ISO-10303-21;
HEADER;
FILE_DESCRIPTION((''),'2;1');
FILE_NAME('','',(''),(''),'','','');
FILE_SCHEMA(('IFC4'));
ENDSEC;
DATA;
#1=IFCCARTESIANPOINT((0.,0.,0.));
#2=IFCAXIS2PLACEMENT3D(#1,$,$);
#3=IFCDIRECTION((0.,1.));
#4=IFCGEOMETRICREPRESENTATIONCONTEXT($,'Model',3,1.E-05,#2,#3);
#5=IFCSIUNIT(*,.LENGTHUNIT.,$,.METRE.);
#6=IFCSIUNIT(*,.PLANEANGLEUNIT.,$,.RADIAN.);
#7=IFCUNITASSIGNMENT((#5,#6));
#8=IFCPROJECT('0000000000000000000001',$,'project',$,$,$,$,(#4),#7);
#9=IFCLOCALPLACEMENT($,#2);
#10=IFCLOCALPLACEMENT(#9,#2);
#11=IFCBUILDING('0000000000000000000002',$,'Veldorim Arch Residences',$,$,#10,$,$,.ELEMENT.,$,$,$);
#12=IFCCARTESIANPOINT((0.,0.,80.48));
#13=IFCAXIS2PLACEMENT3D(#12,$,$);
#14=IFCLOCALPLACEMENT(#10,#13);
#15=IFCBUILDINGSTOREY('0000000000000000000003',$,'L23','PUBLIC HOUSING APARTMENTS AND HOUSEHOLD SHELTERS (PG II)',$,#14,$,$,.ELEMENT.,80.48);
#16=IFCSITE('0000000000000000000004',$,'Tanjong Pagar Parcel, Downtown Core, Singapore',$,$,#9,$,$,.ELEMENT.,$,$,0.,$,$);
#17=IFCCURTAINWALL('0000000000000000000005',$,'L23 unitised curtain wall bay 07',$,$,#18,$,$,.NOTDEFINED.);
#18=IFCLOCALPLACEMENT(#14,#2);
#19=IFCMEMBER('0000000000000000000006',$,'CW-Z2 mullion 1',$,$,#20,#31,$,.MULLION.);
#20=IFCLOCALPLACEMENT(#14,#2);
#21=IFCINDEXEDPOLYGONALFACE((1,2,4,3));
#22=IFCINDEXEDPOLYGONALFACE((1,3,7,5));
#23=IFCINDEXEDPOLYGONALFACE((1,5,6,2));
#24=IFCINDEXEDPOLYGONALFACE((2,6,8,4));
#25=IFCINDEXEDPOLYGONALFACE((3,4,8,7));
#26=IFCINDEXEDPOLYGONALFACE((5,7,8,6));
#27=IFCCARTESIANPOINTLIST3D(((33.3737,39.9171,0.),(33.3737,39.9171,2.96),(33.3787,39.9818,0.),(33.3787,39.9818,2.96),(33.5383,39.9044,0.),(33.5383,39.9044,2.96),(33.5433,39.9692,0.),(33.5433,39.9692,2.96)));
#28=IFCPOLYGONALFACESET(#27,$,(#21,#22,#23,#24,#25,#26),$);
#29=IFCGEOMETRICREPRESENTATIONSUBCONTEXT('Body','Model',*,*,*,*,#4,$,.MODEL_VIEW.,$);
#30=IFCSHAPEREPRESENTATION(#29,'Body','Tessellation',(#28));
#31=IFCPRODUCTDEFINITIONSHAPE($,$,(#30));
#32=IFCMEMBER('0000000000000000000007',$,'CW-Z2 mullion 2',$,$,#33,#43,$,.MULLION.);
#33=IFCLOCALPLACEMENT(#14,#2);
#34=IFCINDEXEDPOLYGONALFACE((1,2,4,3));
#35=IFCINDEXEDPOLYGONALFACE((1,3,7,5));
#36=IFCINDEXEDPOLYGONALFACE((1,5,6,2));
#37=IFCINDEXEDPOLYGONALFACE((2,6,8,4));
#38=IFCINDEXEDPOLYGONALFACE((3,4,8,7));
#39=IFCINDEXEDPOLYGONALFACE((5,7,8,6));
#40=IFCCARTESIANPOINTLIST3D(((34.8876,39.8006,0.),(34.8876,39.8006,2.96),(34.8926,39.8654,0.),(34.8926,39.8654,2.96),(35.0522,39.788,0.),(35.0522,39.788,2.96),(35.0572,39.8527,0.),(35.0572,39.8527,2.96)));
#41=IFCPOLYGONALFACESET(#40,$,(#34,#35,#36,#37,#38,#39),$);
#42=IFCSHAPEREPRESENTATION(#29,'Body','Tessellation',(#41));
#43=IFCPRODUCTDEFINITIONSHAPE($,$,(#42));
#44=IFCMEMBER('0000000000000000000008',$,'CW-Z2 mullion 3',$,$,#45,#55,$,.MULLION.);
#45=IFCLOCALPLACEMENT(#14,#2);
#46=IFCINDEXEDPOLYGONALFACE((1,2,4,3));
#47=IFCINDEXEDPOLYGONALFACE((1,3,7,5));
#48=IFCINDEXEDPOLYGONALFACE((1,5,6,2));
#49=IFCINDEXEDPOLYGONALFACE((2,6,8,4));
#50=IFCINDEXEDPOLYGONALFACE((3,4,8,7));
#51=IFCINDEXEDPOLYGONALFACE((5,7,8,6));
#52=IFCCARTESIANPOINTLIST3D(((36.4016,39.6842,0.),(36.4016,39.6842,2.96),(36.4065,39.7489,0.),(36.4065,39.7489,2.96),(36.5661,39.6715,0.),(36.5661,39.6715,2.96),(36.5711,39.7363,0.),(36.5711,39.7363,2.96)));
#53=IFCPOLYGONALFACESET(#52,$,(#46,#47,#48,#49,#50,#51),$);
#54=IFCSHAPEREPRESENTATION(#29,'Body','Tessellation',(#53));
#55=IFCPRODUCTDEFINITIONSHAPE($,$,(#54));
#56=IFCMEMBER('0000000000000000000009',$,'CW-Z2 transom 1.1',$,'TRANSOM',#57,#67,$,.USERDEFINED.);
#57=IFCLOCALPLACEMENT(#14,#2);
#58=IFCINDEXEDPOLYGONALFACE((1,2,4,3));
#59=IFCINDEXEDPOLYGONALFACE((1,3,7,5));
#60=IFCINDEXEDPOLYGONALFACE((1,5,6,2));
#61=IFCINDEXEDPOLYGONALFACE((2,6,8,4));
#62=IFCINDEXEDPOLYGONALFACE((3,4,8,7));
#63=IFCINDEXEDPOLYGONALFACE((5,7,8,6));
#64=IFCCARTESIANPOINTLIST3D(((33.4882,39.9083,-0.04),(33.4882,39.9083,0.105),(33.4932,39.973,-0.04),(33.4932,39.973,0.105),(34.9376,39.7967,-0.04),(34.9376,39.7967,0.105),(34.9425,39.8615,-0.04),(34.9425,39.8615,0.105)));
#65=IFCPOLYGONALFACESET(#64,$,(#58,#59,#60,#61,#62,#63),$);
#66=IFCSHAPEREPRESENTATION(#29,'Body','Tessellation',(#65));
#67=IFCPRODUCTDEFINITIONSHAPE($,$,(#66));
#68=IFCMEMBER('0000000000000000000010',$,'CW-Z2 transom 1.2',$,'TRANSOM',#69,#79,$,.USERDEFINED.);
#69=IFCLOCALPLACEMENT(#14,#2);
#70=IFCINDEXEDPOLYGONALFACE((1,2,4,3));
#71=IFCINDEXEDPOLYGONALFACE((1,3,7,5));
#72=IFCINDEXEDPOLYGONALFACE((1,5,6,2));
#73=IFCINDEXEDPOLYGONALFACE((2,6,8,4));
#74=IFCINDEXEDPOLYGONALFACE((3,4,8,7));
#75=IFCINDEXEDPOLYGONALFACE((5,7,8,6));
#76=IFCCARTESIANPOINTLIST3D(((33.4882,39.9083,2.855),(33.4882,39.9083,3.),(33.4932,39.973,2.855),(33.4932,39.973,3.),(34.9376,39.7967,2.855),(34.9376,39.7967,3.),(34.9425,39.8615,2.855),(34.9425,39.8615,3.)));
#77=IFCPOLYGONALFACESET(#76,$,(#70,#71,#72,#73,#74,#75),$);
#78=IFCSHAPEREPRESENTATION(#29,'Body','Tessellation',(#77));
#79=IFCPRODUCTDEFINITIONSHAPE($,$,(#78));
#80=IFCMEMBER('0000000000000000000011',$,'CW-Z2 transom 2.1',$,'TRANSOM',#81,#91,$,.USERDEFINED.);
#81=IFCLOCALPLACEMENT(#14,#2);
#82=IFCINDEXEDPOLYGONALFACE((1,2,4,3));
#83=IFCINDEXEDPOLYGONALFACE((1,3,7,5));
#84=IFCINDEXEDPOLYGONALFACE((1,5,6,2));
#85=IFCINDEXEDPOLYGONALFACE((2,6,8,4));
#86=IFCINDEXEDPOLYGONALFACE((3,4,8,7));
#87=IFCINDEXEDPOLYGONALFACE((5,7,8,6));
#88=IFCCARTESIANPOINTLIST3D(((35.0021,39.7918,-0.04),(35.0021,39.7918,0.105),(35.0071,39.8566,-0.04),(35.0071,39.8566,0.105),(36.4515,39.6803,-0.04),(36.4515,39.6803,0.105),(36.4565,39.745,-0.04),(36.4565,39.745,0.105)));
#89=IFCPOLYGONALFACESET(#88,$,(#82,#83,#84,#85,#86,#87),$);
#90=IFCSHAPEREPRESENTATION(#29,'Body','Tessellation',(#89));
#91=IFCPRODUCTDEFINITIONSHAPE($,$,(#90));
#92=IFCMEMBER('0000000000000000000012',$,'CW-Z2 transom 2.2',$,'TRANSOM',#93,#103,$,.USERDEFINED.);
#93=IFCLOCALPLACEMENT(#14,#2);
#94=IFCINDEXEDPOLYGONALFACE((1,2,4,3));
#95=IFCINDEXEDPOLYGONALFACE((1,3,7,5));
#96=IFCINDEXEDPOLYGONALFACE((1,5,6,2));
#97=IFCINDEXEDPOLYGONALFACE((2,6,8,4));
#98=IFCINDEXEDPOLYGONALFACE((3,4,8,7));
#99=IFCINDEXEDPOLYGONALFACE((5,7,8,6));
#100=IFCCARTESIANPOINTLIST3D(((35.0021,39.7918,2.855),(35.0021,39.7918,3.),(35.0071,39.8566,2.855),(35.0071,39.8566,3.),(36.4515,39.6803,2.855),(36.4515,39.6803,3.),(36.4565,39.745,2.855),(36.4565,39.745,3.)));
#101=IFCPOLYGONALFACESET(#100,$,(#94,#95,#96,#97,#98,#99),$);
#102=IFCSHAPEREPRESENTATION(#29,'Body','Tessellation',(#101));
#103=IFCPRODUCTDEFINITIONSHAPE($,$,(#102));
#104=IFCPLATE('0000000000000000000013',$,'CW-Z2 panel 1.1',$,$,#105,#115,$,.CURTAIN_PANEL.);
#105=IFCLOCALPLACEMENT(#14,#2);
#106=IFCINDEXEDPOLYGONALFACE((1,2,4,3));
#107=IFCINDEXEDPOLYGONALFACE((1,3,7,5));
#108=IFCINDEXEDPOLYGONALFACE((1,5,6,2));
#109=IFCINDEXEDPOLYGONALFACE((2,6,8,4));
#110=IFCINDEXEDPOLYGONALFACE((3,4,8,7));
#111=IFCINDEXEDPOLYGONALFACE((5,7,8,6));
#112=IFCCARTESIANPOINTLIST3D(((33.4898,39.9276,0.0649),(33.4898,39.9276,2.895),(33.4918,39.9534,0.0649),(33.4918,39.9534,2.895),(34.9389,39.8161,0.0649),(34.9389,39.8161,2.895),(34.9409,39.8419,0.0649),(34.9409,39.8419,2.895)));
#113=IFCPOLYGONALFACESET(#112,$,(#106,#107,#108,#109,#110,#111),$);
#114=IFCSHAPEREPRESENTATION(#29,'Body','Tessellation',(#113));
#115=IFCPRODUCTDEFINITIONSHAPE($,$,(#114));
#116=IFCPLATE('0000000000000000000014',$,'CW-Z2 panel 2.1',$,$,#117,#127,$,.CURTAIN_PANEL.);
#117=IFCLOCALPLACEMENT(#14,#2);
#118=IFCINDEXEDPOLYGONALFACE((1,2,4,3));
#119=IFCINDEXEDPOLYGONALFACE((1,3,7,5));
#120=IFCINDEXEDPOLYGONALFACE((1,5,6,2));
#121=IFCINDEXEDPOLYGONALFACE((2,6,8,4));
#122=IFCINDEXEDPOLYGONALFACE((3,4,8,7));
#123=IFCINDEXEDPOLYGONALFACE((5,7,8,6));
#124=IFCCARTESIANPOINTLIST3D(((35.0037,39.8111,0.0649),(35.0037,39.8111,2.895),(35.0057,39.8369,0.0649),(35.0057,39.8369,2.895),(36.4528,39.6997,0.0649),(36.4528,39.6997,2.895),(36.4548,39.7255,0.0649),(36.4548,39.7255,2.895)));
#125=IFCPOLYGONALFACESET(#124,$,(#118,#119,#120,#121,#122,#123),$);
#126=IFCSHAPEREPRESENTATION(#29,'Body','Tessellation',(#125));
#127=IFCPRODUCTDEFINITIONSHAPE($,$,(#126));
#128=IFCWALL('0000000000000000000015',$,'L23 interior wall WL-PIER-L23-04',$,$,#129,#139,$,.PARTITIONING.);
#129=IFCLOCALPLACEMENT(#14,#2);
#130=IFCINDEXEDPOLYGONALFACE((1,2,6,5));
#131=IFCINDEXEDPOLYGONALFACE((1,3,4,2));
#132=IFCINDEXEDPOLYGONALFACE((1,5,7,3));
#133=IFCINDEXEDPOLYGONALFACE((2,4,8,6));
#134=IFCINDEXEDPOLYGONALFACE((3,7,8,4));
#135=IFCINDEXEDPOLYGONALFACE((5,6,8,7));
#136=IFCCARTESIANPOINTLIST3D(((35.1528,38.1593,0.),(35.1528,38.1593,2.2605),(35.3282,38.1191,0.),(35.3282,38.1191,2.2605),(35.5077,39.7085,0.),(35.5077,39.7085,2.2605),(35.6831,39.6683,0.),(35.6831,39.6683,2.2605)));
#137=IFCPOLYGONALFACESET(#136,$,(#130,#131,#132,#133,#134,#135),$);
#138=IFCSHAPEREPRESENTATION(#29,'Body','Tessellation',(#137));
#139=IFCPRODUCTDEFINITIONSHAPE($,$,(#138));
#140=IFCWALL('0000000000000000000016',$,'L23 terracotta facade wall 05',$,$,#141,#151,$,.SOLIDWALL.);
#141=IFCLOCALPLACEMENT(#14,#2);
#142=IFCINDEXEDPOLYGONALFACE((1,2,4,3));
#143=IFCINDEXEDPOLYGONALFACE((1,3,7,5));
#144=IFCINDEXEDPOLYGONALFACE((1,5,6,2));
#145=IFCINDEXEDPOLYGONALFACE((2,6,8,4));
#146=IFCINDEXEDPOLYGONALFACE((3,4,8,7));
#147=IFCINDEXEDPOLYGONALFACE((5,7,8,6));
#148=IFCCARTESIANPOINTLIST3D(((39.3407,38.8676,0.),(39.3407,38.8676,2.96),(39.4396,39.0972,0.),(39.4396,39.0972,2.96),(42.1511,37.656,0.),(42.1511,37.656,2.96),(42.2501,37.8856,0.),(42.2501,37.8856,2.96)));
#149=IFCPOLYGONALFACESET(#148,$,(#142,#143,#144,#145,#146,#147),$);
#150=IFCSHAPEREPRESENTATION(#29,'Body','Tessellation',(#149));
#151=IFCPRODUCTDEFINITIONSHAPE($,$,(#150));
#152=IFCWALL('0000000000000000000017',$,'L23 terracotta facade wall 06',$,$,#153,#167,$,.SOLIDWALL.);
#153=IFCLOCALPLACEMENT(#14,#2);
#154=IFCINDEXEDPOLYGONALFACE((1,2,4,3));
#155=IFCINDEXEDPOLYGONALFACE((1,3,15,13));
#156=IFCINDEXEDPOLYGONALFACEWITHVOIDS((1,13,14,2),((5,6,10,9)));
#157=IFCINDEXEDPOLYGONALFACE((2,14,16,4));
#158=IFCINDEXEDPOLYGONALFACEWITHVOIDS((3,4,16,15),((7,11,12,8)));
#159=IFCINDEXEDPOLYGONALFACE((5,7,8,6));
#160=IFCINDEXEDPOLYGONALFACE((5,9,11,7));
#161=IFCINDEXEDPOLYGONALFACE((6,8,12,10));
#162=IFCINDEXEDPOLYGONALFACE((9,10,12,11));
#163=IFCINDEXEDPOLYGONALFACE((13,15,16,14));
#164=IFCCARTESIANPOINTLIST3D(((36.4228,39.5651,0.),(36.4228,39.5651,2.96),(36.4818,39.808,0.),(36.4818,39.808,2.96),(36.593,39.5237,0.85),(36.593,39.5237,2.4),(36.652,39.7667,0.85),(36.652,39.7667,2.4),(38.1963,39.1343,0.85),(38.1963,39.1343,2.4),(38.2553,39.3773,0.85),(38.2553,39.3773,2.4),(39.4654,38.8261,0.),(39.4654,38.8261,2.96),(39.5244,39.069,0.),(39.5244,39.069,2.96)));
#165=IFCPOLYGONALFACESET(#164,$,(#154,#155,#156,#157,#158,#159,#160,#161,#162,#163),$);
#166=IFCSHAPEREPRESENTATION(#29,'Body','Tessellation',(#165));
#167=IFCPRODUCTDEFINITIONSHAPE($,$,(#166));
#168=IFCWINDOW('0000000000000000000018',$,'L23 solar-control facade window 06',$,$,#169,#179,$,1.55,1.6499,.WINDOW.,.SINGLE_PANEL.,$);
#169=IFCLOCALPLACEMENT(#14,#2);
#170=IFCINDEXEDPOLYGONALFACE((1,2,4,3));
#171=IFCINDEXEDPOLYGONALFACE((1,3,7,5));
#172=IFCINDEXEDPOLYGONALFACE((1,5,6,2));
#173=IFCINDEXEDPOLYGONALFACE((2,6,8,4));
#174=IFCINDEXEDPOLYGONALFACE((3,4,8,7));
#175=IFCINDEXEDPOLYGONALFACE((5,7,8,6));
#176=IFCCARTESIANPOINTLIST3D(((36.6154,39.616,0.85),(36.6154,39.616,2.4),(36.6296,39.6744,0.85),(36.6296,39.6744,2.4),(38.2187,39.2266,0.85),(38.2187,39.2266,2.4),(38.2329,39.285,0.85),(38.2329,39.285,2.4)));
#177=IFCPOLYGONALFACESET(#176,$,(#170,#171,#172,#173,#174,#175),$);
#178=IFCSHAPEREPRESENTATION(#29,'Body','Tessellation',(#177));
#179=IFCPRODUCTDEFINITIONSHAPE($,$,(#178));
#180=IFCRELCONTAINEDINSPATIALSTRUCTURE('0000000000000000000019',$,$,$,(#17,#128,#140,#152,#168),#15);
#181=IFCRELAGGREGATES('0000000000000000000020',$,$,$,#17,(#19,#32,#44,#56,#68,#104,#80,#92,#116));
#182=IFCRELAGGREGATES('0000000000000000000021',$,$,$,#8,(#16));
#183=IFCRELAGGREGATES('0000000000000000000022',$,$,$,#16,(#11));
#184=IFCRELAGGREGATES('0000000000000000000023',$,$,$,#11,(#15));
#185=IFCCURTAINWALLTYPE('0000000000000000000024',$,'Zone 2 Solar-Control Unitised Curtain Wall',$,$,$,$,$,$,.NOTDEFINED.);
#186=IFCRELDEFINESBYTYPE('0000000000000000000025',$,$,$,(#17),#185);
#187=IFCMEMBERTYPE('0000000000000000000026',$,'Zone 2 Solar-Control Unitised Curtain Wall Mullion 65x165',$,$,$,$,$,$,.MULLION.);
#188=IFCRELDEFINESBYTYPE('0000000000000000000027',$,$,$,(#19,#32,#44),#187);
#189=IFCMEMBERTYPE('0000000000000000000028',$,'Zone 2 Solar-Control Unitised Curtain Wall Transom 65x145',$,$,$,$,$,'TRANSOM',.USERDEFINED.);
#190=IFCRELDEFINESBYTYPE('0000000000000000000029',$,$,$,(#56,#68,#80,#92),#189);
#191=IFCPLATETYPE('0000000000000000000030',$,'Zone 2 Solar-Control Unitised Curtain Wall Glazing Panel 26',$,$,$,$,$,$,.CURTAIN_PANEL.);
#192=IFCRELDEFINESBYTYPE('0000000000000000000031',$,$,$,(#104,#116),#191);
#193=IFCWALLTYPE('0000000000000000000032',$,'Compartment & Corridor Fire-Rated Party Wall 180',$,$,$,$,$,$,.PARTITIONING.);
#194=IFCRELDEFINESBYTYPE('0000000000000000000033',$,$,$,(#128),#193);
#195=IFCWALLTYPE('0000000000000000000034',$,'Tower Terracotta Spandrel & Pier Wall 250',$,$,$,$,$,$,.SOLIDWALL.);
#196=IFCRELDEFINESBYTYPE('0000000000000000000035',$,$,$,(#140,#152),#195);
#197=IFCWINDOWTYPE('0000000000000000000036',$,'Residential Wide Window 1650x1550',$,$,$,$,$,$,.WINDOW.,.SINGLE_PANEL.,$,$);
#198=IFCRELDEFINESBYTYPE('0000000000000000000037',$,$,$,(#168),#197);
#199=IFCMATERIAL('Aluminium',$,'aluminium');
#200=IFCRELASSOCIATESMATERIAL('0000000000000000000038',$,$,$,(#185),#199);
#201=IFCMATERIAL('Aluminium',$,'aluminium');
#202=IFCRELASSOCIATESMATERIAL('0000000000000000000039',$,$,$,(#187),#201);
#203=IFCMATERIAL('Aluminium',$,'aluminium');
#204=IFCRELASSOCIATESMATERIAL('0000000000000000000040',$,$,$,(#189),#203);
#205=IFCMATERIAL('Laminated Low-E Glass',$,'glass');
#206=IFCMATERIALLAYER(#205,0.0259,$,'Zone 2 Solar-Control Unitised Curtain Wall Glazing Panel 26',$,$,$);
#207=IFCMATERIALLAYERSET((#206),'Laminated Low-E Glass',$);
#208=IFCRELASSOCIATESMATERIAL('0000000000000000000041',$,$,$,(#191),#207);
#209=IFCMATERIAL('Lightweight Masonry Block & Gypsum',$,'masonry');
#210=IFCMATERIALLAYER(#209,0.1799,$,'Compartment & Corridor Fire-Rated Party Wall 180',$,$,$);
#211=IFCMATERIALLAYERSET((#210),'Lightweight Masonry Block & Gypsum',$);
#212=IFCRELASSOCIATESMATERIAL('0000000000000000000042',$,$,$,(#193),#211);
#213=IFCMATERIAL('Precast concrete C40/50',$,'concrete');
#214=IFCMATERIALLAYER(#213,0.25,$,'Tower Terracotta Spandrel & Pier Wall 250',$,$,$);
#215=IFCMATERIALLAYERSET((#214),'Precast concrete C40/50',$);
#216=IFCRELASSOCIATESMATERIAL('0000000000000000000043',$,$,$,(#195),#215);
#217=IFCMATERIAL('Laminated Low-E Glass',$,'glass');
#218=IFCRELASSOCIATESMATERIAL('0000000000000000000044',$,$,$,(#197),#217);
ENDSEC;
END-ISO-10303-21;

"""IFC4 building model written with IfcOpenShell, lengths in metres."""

from ifc_helpers import new_model, si_unit, direction, frame, frame_2d, origin, origin_2d, place, context, subcontext, project, spatial, rectangle, extrude, material, layer, layer_set, material_profile, profile_set, type_object, element, fill, aggregate, save


model = new_model("IFC4")

# Units and contexts
model_context = context("Model", 3, precision=1e-05, world=origin(), true_north=direction((0.0, 1.0)))
body_context = subcontext(model_context, "Body", "Model", "MODEL_VIEW")
ifc_project = project(units=[si_unit("LENGTHUNIT", "METRE"), si_unit("PLANEANGLEUNIT", "RADIAN")], contexts=[model_context])

# Site, building, storey
site_placement = place(None, origin())
site = spatial("IfcSite", under=ifc_project, at=site_placement, Name="Tanjong Pagar Parcel, Downtown Core, Singapore", CompositionType="ELEMENT", RefElevation=0.0)
building_placement = place(site_placement, origin())
building = spatial("IfcBuilding", under=site, at=building_placement, Name="Veldorim Arch Residences", CompositionType="ELEMENT")
storey_placement = place(building_placement, frame((0.0, 0.0, 80.48)))
storey = spatial("IfcBuildingStorey", under=building, at=storey_placement, Name="L23", Description="PUBLIC HOUSING APARTMENTS AND HOUSEHOLD SHELTERS (PG II)", CompositionType="ELEMENT", Elevation=80.48)

# Curtain wall, members, plates
ifc_material_1 = material(Name="Aluminium", Category="aluminium")
curtain_wall_type = type_object("IfcCurtainWallType", Name="Zone 2 Solar-Control Unitised Curtain Wall", PredefinedType="NOTDEFINED", material=ifc_material_1)
curtain_wall_placement = place(storey_placement, origin())
curtain_wall = element("IfcCurtainWall", 1, at=curtain_wall_placement, inside=storey, type_object=curtain_wall_type, Name="L23 unitised curtain wall bay 07", PredefinedType="NOTDEFINED")
ifc_material_2 = material(Name="Aluminium", Category="aluminium")
ifc_material_profile_1 = material_profile(ifc_material_2, rectangle(XDim=0.0649, YDim=0.165, at=origin_2d()), Name="ALU_MUL_65x165")
ifc_profile_set_1 = profile_set([ifc_material_profile_1], Name="Aluminium")
member_type_1 = type_object("IfcMemberType", Name="Zone 2 Solar-Control Unitised Curtain Wall Mullion 65x165", PredefinedType="MULLION", material=ifc_profile_set_1)
member_1_placement = place(storey_placement, frame((33.4585, 39.9431, 0.0), z_axis=(0.0, 0.0, 1.0), x_axis=(0.076696, 0.997054, 0.0)))
member_1 = element("IfcMember", 2, at=member_1_placement, type_object=member_type_1, Name="CW-Z2 mullion 1", PredefinedType="MULLION", context=body_context, shape_type="SweptSolid", body=[
    extrude(rectangle(XDim=0.0649, YDim=0.165, at=origin_2d()), origin(), (0.0, 0.0, 1.0), 2.96),
])
member_2_placement = place(storey_placement, frame((34.9724, 39.8267, 0.0), z_axis=(0.0, 0.0, 1.0), x_axis=(0.076696, 0.997054, 0.0)))
member_2 = element("IfcMember", 3, at=member_2_placement, type_object=member_type_1, Name="CW-Z2 mullion 2", PredefinedType="MULLION", context=body_context, shape_type="SweptSolid", body=[
    extrude(rectangle(XDim=0.0649, YDim=0.165, at=origin_2d()), origin(), (0.0, 0.0, 1.0), 2.96),
])
member_3_placement = place(storey_placement, frame((36.4863, 39.7102, 0.0), z_axis=(0.0, 0.0, 1.0), x_axis=(0.076696, 0.997054, 0.0)))
member_3 = element("IfcMember", 4, at=member_3_placement, type_object=member_type_1, Name="CW-Z2 mullion 3", PredefinedType="MULLION", context=body_context, shape_type="SweptSolid", body=[
    extrude(rectangle(XDim=0.0649, YDim=0.165, at=origin_2d()), origin(), (0.0, 0.0, 1.0), 2.96),
])
ifc_material_3 = material(Name="Aluminium", Category="aluminium")
ifc_material_profile_2 = material_profile(ifc_material_3, rectangle(XDim=0.0649, YDim=0.145, at=origin_2d()), Name="ALU_TRN_65x145")
ifc_profile_set_2 = profile_set([ifc_material_profile_2], Name="Aluminium")
member_type_2 = type_object("IfcMemberType", Name="Zone 2 Solar-Control Unitised Curtain Wall Transom 65x145", ElementType="TRANSOM", PredefinedType="USERDEFINED", material=ifc_profile_set_2)
member_4_placement = place(storey_placement, frame((33.4907, 39.9407, 0.0325), z_axis=(0.99705, -0.076761, 0.0), x_axis=(0.076761, 0.99705, 0.0)))
member_4 = element("IfcMember", 5, at=member_4_placement, type_object=member_type_2, Name="CW-Z2 transom 1.1", ObjectType="TRANSOM", PredefinedType="USERDEFINED", context=body_context, shape_type="SweptSolid", body=[
    extrude(rectangle(XDim=0.0649, YDim=0.145, at=origin_2d()), origin(), (0.0, 0.0, 1.0), 1.4536),
])
member_5_placement = place(storey_placement, frame((33.4907, 39.9407, 2.9275), z_axis=(0.99705, -0.076761, 0.0), x_axis=(0.076761, 0.99705, 0.0)))
member_5 = element("IfcMember", 6, at=member_5_placement, type_object=member_type_2, Name="CW-Z2 transom 1.2", ObjectType="TRANSOM", PredefinedType="USERDEFINED", context=body_context, shape_type="SweptSolid", body=[
    extrude(rectangle(XDim=0.0649, YDim=0.145, at=origin_2d()), origin(), (0.0, 0.0, 1.0), 1.4536),
])
member_6_placement = place(storey_placement, frame((35.0046, 39.8242, 0.0325), z_axis=(0.99705, -0.076761, 0.0), x_axis=(0.076761, 0.99705, 0.0)))
member_6 = element("IfcMember", 7, at=member_6_placement, type_object=member_type_2, Name="CW-Z2 transom 2.1", ObjectType="TRANSOM", PredefinedType="USERDEFINED", context=body_context, shape_type="SweptSolid", body=[
    extrude(rectangle(XDim=0.0649, YDim=0.145, at=origin_2d()), origin(), (0.0, 0.0, 1.0), 1.4536),
])
member_7_placement = place(storey_placement, frame((35.0046, 39.8242, 2.9275), z_axis=(0.99705, -0.076761, 0.0), x_axis=(0.076761, 0.99705, 0.0)))
member_7 = element("IfcMember", 8, at=member_7_placement, type_object=member_type_2, Name="CW-Z2 transom 2.2", ObjectType="TRANSOM", PredefinedType="USERDEFINED", context=body_context, shape_type="SweptSolid", body=[
    extrude(rectangle(XDim=0.0649, YDim=0.145, at=origin_2d()), origin(), (0.0, 0.0, 1.0), 1.4536),
])
ifc_material_4 = material(Name="Laminated Low-E Glass", Category="glass")
ifc_layer_1 = layer(ifc_material_4, 0.0259, Name="Zone 2 Solar-Control Unitised Curtain Wall Glazing Panel 26")
ifc_layer_set_1 = layer_set([ifc_layer_1], Name="Laminated Low-E Glass")
plate_type = type_object("IfcPlateType", Name="Zone 2 Solar-Control Unitised Curtain Wall Glazing Panel 26", PredefinedType="CURTAIN_PANEL", material=ifc_layer_set_1)
plate_1_placement = place(storey_placement, frame((34.2153, 39.8848, 0.0649), z_axis=(0.0, 0.0, 1.0), x_axis=(0.997054, -0.076696, 0.0)))
plate_1 = element("IfcPlate", 9, at=plate_1_placement, type_object=plate_type, Name="CW-Z2 panel 1.1", PredefinedType="CURTAIN_PANEL", context=body_context, shape_type="SweptSolid", body=[
    extrude(rectangle(XDim=1.4534, YDim=0.0259, at=origin_2d()), origin(), (0.0, 0.0, 1.0), 2.8301),
])
plate_2_placement = place(storey_placement, frame((35.7292, 39.7683, 0.0649), z_axis=(0.0, 0.0, 1.0), x_axis=(0.997054, -0.076696, 0.0)))
plate_2 = element("IfcPlate", 10, at=plate_2_placement, type_object=plate_type, Name="CW-Z2 panel 2.1", PredefinedType="CURTAIN_PANEL", context=body_context, shape_type="SweptSolid", body=[
    extrude(rectangle(XDim=1.4534, YDim=0.0259, at=origin_2d()), origin(), (0.0, 0.0, 1.0), 2.8301),
])
aggregate(curtain_wall, [member_1, member_2, member_3, member_4, member_5, plate_1, member_6, member_7, plate_2])

# Walls
ifc_material_5 = material(Name="Lightweight Masonry Block & Gypsum", Category="masonry")
ifc_layer_2 = layer(ifc_material_5, 0.1799, Name="Compartment & Corridor Fire-Rated Party Wall 180")
ifc_layer_set_2 = layer_set([ifc_layer_2], Name="Lightweight Masonry Block & Gypsum")
wall_type_1 = type_object("IfcWallType", Name="Compartment & Corridor Fire-Rated Party Wall 180", PredefinedType="PARTITIONING", material=ifc_layer_set_2)
wall_1_placement = place(storey_placement, frame((35.2405, 38.1392, 0.0), z_axis=(0.0, 0.0, 1.0), x_axis=(0.223334, 0.974742, 0.0)))
element("IfcWall", 11, at=wall_1_placement, inside=storey, type_object=wall_type_1, Name="L23 interior wall WL-PIER-L23-04", PredefinedType="PARTITIONING", context=body_context, shape_type="SweptSolid", body=[
    extrude(rectangle(XDim=1.5894, YDim=0.1799, at=frame_2d((0.7947, 0.0))), origin(), (0.0, 0.0, 1.0), 2.2605),
])
ifc_material_6 = material(Name="Precast concrete C40/50", Category="concrete")
ifc_layer_3 = layer(ifc_material_6, 0.25, Name="Tower Terracotta Spandrel & Pier Wall 250")
ifc_layer_set_3 = layer_set([ifc_layer_3], Name="Precast concrete C40/50")
wall_type_2 = type_object("IfcWallType", Name="Tower Terracotta Spandrel & Pier Wall 250", PredefinedType="SOLIDWALL", material=ifc_layer_set_3)
wall_2_placement = place(storey_placement, frame((39.3901, 38.9824, 0.0), z_axis=(0.0, 0.0, 1.0), x_axis=(0.918297, -0.395892, 0.0)))
element("IfcWall", 12, at=wall_2_placement, inside=storey, type_object=wall_type_2, Name="L23 terracotta facade wall 05", PredefinedType="SOLIDWALL", context=body_context, shape_type="SweptSolid", body=[
    extrude(rectangle(XDim=3.0605, YDim=0.25, at=frame_2d((1.5303, 0.0))), origin(), (0.0, 0.0, 1.0), 2.96),
])

# Wall, opening, window
wall_3_placement = place(storey_placement, frame((36.4524, 39.6865, 0.0), z_axis=(0.0, 0.0, 1.0), x_axis=(0.971749, -0.236017, 0.0)))
wall_3 = element("IfcWall", 13, at=wall_3_placement, inside=storey, type_object=wall_type_2, Name="L23 terracotta facade wall 06", PredefinedType="SOLIDWALL", context=body_context, shape_type="SweptSolid", body=[
    extrude(rectangle(XDim=3.1311, YDim=0.25, at=frame_2d((1.5654, 0.0))), origin(), (0.0, 0.0, 1.0), 2.96),
])
opening_placement = place(wall_3_placement, frame((0.175, 0.0, 0.8501)))
opening = element("IfcOpeningElement", 14, at=opening_placement, cuts=wall_3, PredefinedType="OPENING", context=body_context, shape_type="SweptSolid", body=[
    extrude(rectangle(XDim=1.6499, YDim=1.55, at=frame_2d((0.825, 0.7749))), frame((0.0, 0.135, 0.0), z_axis=(0.0, -1.0, 0.0), x_axis=(1.0, 0.0, 0.0)), (0.0, 0.0, 1.0), 0.27),
])
ifc_material_7 = material(Name="Laminated Low-E Glass", Category="glass")
window_type = type_object("IfcWindowType", Name="Residential Wide Window 1650x1550", PartitioningType="SINGLE_PANEL", PredefinedType="WINDOW", material=ifc_material_7)
window_placement = place(opening_placement, origin())
window = element("IfcWindow", 15, at=window_placement, inside=storey, type_object=window_type, Name="L23 solar-control facade window 06", OverallHeight=1.55, OverallWidth=1.6499, PartitioningType="SINGLE_PANEL", PredefinedType="WINDOW", context=body_context, shape_type="SweptSolid", body=[
    extrude(rectangle(XDim=1.6499, YDim=1.55, at=frame_2d((0.825, 0.7749))), frame((0.0, 0.03, 0.0), z_axis=(0.0, -1.0, 0.0), x_axis=(1.0, 0.0, 0.0)), (0.0, 0.0, 1.0), 0.0601),
])
fill(opening, window)

save(model, "model.ifc")
